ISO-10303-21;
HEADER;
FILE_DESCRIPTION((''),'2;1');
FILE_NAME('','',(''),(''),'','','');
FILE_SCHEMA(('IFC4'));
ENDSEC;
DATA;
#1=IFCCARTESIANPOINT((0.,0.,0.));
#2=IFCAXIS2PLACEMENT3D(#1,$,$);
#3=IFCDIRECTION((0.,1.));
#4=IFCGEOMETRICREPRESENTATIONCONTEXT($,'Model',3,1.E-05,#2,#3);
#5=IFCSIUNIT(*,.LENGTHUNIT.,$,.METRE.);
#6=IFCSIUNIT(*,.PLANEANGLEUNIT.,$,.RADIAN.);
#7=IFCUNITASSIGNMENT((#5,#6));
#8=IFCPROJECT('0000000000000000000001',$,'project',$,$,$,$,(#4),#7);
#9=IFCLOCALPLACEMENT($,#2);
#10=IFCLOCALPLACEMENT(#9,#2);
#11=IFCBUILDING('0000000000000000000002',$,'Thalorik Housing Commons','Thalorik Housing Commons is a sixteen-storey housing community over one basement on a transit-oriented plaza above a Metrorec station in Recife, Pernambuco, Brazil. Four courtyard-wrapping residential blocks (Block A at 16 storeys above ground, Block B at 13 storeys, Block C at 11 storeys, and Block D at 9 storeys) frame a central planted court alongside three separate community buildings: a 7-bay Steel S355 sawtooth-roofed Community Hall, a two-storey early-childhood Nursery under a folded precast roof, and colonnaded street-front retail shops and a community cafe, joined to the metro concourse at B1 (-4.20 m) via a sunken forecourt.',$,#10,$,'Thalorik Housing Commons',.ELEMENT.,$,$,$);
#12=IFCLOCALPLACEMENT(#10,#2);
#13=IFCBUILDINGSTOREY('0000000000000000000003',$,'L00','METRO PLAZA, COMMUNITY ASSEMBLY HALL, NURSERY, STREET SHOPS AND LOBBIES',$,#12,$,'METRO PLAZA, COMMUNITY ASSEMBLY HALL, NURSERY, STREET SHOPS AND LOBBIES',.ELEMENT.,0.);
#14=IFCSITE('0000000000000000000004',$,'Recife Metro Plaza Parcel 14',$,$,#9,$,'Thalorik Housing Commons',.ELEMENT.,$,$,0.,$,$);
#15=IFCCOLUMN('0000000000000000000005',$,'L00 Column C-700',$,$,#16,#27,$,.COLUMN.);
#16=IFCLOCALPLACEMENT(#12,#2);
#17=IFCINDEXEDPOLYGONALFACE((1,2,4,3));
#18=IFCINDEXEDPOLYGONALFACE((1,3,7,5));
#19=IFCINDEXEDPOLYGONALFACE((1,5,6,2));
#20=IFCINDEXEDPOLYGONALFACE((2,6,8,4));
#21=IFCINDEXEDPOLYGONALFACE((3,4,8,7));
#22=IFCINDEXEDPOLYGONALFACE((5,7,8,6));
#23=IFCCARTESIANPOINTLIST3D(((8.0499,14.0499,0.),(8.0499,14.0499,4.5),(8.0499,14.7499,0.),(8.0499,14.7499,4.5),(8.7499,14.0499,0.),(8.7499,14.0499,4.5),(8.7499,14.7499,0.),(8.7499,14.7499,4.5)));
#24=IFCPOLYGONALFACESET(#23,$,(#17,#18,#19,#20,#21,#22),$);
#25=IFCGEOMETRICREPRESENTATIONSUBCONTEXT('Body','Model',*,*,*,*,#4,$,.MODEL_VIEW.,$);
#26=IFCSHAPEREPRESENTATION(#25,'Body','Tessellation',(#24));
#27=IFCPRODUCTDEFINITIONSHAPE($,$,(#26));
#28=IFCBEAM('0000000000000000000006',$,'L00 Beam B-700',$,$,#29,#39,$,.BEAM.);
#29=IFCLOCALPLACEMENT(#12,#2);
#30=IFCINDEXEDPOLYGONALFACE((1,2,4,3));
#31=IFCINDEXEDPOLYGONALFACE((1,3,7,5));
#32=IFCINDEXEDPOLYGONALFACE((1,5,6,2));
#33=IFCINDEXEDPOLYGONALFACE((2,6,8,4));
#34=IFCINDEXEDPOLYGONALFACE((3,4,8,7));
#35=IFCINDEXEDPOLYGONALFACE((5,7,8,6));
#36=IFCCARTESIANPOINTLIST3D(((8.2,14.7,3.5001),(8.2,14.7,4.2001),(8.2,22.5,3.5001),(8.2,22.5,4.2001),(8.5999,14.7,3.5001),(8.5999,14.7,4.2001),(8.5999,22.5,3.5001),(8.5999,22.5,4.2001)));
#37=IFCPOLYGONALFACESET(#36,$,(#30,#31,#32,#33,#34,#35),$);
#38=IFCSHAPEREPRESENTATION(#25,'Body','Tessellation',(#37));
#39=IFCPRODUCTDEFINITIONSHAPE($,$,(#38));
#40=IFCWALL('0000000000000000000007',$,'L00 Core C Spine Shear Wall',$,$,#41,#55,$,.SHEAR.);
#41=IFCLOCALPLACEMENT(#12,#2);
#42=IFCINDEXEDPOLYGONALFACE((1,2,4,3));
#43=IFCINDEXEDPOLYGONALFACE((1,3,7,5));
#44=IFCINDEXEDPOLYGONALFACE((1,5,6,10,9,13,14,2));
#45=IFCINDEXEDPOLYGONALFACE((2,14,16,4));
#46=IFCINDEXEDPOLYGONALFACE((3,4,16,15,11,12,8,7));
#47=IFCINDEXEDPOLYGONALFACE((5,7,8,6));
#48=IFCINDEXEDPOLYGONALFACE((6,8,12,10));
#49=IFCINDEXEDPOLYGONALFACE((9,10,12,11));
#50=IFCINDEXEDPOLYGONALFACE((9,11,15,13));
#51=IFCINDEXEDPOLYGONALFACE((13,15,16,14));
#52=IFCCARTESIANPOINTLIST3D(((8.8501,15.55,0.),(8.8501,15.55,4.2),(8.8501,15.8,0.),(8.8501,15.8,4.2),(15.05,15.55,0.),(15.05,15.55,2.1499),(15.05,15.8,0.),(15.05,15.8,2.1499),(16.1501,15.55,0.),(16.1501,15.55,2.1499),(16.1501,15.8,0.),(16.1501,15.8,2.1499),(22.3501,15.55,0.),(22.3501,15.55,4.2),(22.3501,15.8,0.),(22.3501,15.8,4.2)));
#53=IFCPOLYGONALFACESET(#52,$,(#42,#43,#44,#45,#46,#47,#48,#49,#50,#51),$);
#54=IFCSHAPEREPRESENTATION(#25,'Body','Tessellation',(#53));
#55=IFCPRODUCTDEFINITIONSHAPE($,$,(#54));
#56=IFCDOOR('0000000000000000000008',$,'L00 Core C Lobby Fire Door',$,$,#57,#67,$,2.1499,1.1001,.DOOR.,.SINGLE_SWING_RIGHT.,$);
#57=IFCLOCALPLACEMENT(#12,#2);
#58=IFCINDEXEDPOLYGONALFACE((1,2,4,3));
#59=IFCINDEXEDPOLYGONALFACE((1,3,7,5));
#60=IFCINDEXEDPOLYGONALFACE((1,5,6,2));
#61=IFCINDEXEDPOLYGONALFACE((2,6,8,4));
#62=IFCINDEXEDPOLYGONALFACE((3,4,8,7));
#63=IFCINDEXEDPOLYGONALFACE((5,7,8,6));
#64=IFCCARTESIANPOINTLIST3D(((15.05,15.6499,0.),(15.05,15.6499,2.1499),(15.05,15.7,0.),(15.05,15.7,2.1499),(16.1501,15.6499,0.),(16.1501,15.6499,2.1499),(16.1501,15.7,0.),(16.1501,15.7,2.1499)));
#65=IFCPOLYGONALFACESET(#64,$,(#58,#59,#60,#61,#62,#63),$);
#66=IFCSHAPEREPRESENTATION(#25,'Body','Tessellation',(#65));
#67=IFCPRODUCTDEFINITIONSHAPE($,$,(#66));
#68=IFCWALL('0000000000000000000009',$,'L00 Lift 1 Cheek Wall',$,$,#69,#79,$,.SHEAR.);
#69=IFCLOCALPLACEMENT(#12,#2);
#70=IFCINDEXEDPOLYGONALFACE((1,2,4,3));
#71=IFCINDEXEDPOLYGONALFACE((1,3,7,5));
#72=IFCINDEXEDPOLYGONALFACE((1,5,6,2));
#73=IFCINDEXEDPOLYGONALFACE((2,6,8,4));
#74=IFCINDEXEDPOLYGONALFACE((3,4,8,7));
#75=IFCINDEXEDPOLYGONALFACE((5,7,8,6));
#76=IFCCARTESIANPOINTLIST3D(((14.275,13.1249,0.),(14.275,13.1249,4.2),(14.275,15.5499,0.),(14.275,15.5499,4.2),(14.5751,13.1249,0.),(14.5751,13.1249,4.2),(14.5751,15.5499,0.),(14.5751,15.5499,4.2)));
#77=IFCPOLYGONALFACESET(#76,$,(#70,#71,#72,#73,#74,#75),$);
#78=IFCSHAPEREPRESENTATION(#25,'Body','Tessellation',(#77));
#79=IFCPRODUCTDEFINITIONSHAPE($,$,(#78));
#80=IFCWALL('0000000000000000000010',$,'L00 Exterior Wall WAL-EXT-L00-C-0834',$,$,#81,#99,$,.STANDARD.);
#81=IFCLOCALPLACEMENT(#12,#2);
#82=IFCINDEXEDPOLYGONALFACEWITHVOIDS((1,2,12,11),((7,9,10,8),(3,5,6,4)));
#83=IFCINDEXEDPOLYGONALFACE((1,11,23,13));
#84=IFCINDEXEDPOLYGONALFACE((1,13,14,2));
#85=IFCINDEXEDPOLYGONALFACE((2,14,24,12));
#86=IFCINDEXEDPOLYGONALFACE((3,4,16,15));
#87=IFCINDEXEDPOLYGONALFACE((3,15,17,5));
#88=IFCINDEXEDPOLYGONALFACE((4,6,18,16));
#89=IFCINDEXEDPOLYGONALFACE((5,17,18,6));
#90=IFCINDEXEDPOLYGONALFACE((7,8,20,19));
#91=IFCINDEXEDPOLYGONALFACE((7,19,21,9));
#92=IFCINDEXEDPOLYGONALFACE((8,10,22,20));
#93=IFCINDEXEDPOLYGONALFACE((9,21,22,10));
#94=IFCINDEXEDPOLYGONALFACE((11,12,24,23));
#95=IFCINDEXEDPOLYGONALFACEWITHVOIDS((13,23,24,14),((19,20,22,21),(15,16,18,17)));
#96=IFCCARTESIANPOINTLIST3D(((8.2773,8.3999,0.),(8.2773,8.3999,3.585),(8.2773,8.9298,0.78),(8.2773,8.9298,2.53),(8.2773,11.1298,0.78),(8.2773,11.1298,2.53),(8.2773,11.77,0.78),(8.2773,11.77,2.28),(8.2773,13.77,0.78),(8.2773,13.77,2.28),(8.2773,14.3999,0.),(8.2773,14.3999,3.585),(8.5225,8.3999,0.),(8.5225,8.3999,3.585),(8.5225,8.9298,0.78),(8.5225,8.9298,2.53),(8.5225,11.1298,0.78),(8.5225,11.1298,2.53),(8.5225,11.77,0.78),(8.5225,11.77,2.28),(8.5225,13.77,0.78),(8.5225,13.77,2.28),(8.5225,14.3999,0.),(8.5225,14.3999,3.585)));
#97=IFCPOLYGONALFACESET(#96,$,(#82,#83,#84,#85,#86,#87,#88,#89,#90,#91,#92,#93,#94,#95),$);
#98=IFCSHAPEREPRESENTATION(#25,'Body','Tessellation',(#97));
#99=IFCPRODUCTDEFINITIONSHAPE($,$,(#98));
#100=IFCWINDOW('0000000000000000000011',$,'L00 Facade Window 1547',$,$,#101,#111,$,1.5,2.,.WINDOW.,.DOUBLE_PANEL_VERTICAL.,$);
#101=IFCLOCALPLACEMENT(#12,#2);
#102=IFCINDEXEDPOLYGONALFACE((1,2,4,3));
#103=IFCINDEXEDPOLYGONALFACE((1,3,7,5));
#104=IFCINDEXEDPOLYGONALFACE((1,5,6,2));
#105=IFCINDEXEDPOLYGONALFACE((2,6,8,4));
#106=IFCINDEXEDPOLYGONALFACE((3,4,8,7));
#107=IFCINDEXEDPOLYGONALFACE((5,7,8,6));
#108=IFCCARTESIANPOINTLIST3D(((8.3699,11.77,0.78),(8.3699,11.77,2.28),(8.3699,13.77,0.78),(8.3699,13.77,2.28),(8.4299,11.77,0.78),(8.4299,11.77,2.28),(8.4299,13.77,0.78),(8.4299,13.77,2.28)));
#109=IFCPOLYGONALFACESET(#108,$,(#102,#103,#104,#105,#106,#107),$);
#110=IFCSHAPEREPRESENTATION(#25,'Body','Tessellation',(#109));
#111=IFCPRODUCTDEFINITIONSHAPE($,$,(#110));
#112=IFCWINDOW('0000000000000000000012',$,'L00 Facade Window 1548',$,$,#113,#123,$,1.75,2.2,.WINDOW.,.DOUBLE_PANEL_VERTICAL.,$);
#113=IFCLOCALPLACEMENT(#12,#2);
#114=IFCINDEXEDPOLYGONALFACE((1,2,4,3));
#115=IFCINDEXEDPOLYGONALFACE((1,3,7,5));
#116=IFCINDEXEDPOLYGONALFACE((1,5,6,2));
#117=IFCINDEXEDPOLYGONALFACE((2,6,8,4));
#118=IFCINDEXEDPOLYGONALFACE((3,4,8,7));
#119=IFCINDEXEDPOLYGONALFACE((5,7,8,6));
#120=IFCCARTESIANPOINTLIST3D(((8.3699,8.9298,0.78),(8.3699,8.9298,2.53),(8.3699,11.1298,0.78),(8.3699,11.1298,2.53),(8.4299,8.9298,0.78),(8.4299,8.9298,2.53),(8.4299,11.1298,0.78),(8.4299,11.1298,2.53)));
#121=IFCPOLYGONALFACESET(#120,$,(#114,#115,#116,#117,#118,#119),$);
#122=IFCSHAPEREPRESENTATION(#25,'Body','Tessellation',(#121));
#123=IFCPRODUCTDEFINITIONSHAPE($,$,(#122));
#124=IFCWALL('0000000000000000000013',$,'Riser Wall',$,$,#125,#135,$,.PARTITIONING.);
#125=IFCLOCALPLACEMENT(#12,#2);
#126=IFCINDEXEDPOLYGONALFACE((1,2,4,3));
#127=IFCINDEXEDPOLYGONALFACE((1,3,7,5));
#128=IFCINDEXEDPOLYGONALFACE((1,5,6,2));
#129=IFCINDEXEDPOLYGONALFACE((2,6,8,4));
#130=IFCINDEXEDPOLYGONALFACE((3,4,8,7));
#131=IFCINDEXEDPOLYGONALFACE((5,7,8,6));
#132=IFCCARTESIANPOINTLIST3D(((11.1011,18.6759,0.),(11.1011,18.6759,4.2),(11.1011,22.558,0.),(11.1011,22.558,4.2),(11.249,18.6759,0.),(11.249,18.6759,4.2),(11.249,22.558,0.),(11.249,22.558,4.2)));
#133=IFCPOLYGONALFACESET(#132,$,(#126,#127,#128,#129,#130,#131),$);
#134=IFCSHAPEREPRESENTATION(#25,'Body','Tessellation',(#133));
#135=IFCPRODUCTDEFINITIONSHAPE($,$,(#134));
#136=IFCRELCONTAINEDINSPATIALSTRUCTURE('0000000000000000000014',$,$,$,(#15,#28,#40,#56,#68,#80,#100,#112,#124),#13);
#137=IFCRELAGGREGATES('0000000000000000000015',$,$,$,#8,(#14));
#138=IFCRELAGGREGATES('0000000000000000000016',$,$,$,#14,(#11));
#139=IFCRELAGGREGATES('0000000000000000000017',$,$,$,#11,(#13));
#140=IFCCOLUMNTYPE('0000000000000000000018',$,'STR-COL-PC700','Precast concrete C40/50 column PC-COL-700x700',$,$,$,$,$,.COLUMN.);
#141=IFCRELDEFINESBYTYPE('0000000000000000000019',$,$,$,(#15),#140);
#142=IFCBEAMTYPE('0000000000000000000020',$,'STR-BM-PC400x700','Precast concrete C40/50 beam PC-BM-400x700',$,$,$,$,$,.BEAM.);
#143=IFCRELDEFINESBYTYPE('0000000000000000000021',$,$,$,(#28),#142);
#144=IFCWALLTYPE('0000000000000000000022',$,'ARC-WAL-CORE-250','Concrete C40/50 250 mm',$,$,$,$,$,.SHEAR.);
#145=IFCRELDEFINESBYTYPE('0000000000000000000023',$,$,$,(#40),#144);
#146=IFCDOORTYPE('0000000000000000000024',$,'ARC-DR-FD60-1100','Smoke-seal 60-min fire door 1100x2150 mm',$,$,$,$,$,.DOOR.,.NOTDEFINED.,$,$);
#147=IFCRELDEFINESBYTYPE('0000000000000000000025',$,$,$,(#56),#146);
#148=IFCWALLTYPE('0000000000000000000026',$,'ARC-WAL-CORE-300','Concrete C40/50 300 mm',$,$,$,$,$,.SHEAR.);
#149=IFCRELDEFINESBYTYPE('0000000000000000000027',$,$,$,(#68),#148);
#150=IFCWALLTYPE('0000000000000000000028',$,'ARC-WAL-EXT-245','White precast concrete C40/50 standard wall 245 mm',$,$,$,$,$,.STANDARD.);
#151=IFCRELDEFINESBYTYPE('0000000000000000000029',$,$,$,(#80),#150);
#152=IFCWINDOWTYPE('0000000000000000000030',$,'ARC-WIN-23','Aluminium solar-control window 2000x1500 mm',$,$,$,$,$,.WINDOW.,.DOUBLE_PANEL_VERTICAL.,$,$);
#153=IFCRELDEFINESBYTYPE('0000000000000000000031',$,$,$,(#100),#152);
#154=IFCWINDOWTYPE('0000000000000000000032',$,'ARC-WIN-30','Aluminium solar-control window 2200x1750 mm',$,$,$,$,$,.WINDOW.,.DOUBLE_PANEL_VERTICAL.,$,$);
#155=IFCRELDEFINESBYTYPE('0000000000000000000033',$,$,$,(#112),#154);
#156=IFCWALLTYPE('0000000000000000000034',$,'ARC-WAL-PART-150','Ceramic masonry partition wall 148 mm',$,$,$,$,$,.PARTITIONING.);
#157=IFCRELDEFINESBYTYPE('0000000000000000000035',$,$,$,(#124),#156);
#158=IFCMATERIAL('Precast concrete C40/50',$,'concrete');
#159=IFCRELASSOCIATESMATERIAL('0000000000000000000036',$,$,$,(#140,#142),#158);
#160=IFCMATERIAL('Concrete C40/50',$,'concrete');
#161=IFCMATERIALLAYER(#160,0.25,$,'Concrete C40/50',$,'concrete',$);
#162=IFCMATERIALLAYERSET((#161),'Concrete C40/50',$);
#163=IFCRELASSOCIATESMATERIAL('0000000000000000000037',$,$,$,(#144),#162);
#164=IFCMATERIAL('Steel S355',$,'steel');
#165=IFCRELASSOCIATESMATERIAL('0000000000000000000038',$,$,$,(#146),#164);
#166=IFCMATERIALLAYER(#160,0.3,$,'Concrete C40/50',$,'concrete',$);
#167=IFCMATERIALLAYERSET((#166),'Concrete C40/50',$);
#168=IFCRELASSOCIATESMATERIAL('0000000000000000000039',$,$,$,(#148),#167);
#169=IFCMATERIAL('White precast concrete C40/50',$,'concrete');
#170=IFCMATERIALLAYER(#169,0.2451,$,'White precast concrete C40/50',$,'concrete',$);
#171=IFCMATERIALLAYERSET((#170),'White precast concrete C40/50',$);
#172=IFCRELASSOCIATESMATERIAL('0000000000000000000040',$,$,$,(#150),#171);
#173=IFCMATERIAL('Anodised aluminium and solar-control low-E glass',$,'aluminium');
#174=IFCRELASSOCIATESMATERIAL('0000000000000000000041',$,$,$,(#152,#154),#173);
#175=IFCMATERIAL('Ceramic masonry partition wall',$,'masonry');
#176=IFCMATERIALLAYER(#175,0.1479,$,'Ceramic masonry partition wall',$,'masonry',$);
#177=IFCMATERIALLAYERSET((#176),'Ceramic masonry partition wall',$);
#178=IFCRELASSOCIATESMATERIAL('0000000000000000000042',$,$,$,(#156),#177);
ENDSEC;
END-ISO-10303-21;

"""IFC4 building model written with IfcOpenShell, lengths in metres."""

from ifc_helpers import new_model, si_unit, direction, frame, frame_2d, origin, origin_2d, place, context, subcontext, project, spatial, rectangle, extrude, material, layer, layer_set, material_profile, profile_set, type_object, element, fill, save


model = new_model("IFC4")

# Units and contexts
model_context = context("Model", 3, precision=1e-05, world=origin(), true_north=direction((0.0, 1.0)))
body_context = subcontext(model_context, "Body", "Model", "MODEL_VIEW")
ifc_project = project(units=[si_unit("LENGTHUNIT", "METRE"), si_unit("PLANEANGLEUNIT", "RADIAN")], contexts=[model_context])

# Site, building, storey
site_placement = place(None, origin())
site = spatial("IfcSite", under=ifc_project, at=site_placement, Name="Recife Metro Plaza Parcel 14", LongName="Thalorik Housing Commons", CompositionType="ELEMENT", RefElevation=0.0)
building_placement = place(site_placement, origin())
building = spatial("IfcBuilding", under=site, at=building_placement, Name="Thalorik Housing Commons", Description="Thalorik Housing Commons is a sixteen-storey housing community over one basement on a transit-oriented plaza above a Metrorec station in Recife, Pernambuco, Brazil. Four courtyard-wrapping residential blocks (Block A at 16 storeys above ground, Block B at 13 storeys, Block C at 11 storeys, and Block D at 9 storeys) frame a central planted court alongside three separate community buildings: a 7-bay Steel S355 sawtooth-roofed Community Hall, a two-storey early-childhood Nursery under a folded precast roof, and colonnaded street-front retail shops and a community cafe, joined to the metro concourse at B1 (-4.20 m) via a sunken forecourt.", LongName="Thalorik Housing Commons", CompositionType="ELEMENT")
storey_placement = place(building_placement, origin())
storey = spatial("IfcBuildingStorey", under=building, at=storey_placement, Name="L00", Description="METRO PLAZA, COMMUNITY ASSEMBLY HALL, NURSERY, STREET SHOPS AND LOBBIES", LongName="METRO PLAZA, COMMUNITY ASSEMBLY HALL, NURSERY, STREET SHOPS AND LOBBIES", CompositionType="ELEMENT", Elevation=0.0)

# Column
ifc_material_1 = material(Name="Precast concrete C40/50", Category="concrete")
ifc_material_profile_1 = material_profile(ifc_material_1, rectangle(XDim=0.7, YDim=0.7, at=origin_2d()), Name="PC 700x700", Category="concrete")
ifc_profile_set_1 = profile_set([ifc_material_profile_1], Name="Precast concrete C40/50")
column_type = type_object("IfcColumnType", Name="STR-COL-PC700", Description="Precast concrete C40/50 column PC-COL-700x700", PredefinedType="COLUMN", material=ifc_profile_set_1)
column_placement = place(storey_placement, frame((8.3999, 14.3999, 0.0), z_axis=(0.0, 0.0, 1.0), x_axis=(1.0, 0.0, 0.0)))
element("IfcColumn", 1, at=column_placement, inside=storey, type_object=column_type, Name="L00 Column C-700", PredefinedType="COLUMN", context=body_context, shape_type="SweptSolid", body=[
    extrude(rectangle(XDim=0.7, YDim=0.7, at=origin_2d()), origin(), (0.0, 0.0, 1.0), 4.5),
])

# Beam
ifc_material_profile_2 = material_profile(ifc_material_1, rectangle(XDim=0.3999, YDim=0.7, at=origin_2d()), Name="PC 400x700", Category="concrete")
ifc_profile_set_2 = profile_set([ifc_material_profile_2], Name="Precast concrete C40/50")
beam_type = type_object("IfcBeamType", Name="STR-BM-PC400x700", Description="Precast concrete C40/50 beam PC-BM-400x700", PredefinedType="BEAM", material=ifc_profile_set_2)
beam_placement = place(storey_placement, frame((8.3999, 14.7, 3.8501), z_axis=(0.0, 1.0, 0.0), x_axis=(-1.0, 0.0, 0.0)))
element("IfcBeam", 2, at=beam_placement, inside=storey, type_object=beam_type, Name="L00 Beam B-700", PredefinedType="BEAM", context=body_context, shape_type="SweptSolid", body=[
    extrude(rectangle(XDim=0.3999, YDim=0.7, at=origin_2d()), origin(), (0.0, 0.0, 1.0), 7.8),
])

# Wall, opening, door
ifc_material_2 = material(Name="Concrete C40/50", Category="concrete")
ifc_layer_1 = layer(ifc_material_2, 0.25, Name="Concrete C40/50", Category="concrete")
ifc_layer_set_1 = layer_set([ifc_layer_1], Name="Concrete C40/50")
wall_type_1 = type_object("IfcWallType", Name="ARC-WAL-CORE-250", Description="Concrete C40/50 250 mm", PredefinedType="SHEAR", material=ifc_layer_set_1)
ifc_material_3 = material(Name="Steel S355", Category="steel")
wall_1_placement = place(storey_placement, frame((8.8501, 15.675, 0.0), z_axis=(0.0, 0.0, 1.0), x_axis=(1.0, 0.0, 0.0)))
wall_1 = element("IfcWall", 3, at=wall_1_placement, inside=storey, type_object=wall_type_1, Name="L00 Core C Spine Shear Wall", PredefinedType="SHEAR", context=body_context, shape_type="SweptSolid", body=[
    extrude(rectangle(XDim=13.5, YDim=0.25, at=frame_2d((6.75, 0.0))), origin(), (0.0, 0.0, 1.0), 4.2),
])
opening_1_placement = place(wall_1_placement, frame((6.2, 0.0, 0.0)))
opening_1 = element("IfcOpeningElement", 4, at=opening_1_placement, cuts=wall_1, PredefinedType="OPENING", context=body_context, shape_type="SweptSolid", body=[
    extrude(rectangle(XDim=1.1001, YDim=2.1499, at=frame_2d((0.55, 1.075))), frame((0.0, 0.135, 0.0), z_axis=(0.0, -1.0, 0.0), x_axis=(1.0, 0.0, 0.0)), (0.0, 0.0, 1.0), 0.27),
])
door_type_1 = type_object("IfcDoorType", Name="ARC-DR-FD60-1100", Description="Smoke-seal 60-min fire door 1100x2150 mm", OperationType="NOTDEFINED", PredefinedType="DOOR", material=ifc_material_3)
door_1_placement = place(opening_1_placement, origin())
door_1 = element("IfcDoor", 5, at=door_1_placement, inside=storey, type_object=door_type_1, Name="L00 Core C Lobby Fire Door", OperationType="SINGLE_SWING_RIGHT", OverallHeight=2.1499, OverallWidth=1.1001, PredefinedType="DOOR", context=body_context, shape_type="SweptSolid", body=[
    extrude(rectangle(XDim=1.1001, YDim=2.1499, at=frame_2d((0.55, 1.075))), frame((0.0, 0.0249, 0.0), z_axis=(0.0, -1.0, 0.0), x_axis=(1.0, 0.0, 0.0)), (0.0, 0.0, 1.0), 0.05),
])
fill(opening_1, door_1)

# Wall
ifc_layer_2 = layer(ifc_material_2, 0.3, Name="Concrete C40/50", Category="concrete")
ifc_layer_set_2 = layer_set([ifc_layer_2], Name="Concrete C40/50")
wall_type_2 = type_object("IfcWallType", Name="ARC-WAL-CORE-300", Description="Concrete C40/50 300 mm", PredefinedType="SHEAR", material=ifc_layer_set_2)
wall_2_placement = place(storey_placement, frame((14.425, 13.125, 0.0), z_axis=(0.0, 0.0, 1.0), x_axis=(0.0, 1.0, 0.0)))
element("IfcWall", 6, at=wall_2_placement, inside=storey, type_object=wall_type_2, Name="L00 Lift 1 Cheek Wall", PredefinedType="SHEAR", context=body_context, shape_type="SweptSolid", body=[
    extrude(rectangle(XDim=2.425, YDim=0.3, at=frame_2d((1.2124, 0.0))), origin(), (0.0, 0.0, 1.0), 4.2),
])

# Wall, openings, windows
ifc_material_4 = material(Name="White precast concrete C40/50", Category="concrete")
ifc_layer_3 = layer(ifc_material_4, 0.2451, Name="White precast concrete C40/50", Category="concrete")
ifc_layer_set_3 = layer_set([ifc_layer_3], Name="White precast concrete C40/50")
wall_type_3 = type_object("IfcWallType", Name="ARC-WAL-EXT-245", Description="White precast concrete C40/50 standard wall 245 mm", PredefinedType="STANDARD", material=ifc_layer_set_3)
wall_3_placement = place(storey_placement, frame((8.3999, 14.3999, 0.0), z_axis=(0.0, 0.0, 1.0), x_axis=(0.0, -1.0, 0.0)))
wall_3 = element("IfcWall", 7, at=wall_3_placement, inside=storey, type_object=wall_type_3, Name="L00 Exterior Wall WAL-EXT-L00-C-0834", PredefinedType="STANDARD", context=body_context, shape_type="SweptSolid", body=[
    extrude(rectangle(XDim=6.0, YDim=0.2451, at=frame_2d((3.0, 0.0))), origin(), (0.0, 0.0, 1.0), 3.585),
])
opening_2_placement = place(wall_3_placement, frame((0.6299, 0.0, 0.78)))
opening_2 = element("IfcOpeningElement", 8, at=opening_2_placement, cuts=wall_3, PredefinedType="OPENING", context=body_context, shape_type="SweptSolid", body=[
    extrude(rectangle(XDim=2.0, YDim=1.5, at=frame_2d((1.0, 0.75))), frame((0.0, 0.1326, 0.0), z_axis=(0.0, -1.0, 0.0), x_axis=(1.0, 0.0, 0.0)), (0.0, 0.0, 1.0), 0.2651),
])
opening_3_placement = place(wall_3_placement, frame((3.27, 0.0, 0.78)))
opening_3 = element("IfcOpeningElement", 9, at=opening_3_placement, cuts=wall_3, PredefinedType="OPENING", context=body_context, shape_type="SweptSolid", body=[
    extrude(rectangle(XDim=2.2, YDim=1.75, at=frame_2d((1.1001, 0.875))), frame((0.0, 0.1326, 0.0), z_axis=(0.0, -1.0, 0.0), x_axis=(1.0, 0.0, 0.0)), (0.0, 0.0, 1.0), 0.2651),
])
ifc_material_5 = material(Name="Anodised aluminium and solar-control low-E glass", Category="aluminium")
window_type_1 = type_object("IfcWindowType", Name="ARC-WIN-23", Description="Aluminium solar-control window 2000x1500 mm", PartitioningType="DOUBLE_PANEL_VERTICAL", PredefinedType="WINDOW", material=ifc_material_5)
window_1_placement = place(opening_2_placement, origin())
window_1 = element("IfcWindow", 10, at=window_1_placement, inside=storey, type_object=window_type_1, Name="L00 Facade Window 1547", OverallHeight=1.5, OverallWidth=2.0, PartitioningType="DOUBLE_PANEL_VERTICAL", PredefinedType="WINDOW", context=body_context, shape_type="SweptSolid", body=[
    extrude(rectangle(XDim=2.0, YDim=1.5, at=frame_2d((1.0, 0.75))), frame((0.0, 0.03, 0.0), z_axis=(0.0, -1.0, 0.0), x_axis=(1.0, 0.0, 0.0)), (0.0, 0.0, 1.0), 0.0601),
])
fill(opening_2, window_1)
window_type_2 = type_object("IfcWindowType", Name="ARC-WIN-30", Description="Aluminium solar-control window 2200x1750 mm", PartitioningType="DOUBLE_PANEL_VERTICAL", PredefinedType="WINDOW", material=ifc_material_5)
window_2_placement = place(opening_3_placement, origin())
window_2 = element("IfcWindow", 11, at=window_2_placement, inside=storey, type_object=window_type_2, Name="L00 Facade Window 1548", OverallHeight=1.75, OverallWidth=2.2, PartitioningType="DOUBLE_PANEL_VERTICAL", PredefinedType="WINDOW", context=body_context, shape_type="SweptSolid", body=[
    extrude(rectangle(XDim=2.2, YDim=1.75, at=frame_2d((1.1001, 0.875))), frame((0.0, 0.03, 0.0), z_axis=(0.0, -1.0, 0.0), x_axis=(1.0, 0.0, 0.0)), (0.0, 0.0, 1.0), 0.0601),
])
fill(opening_3, window_2)

# Wall
ifc_material_6 = material(Name="Ceramic masonry partition wall", Category="masonry")
ifc_layer_4 = layer(ifc_material_6, 0.1479, Name="Ceramic masonry partition wall", Category="masonry")
ifc_layer_set_4 = layer_set([ifc_layer_4], Name="Ceramic masonry partition wall")
wall_type_4 = type_object("IfcWallType", Name="ARC-WAL-PART-150", Description="Ceramic masonry partition wall 148 mm", PredefinedType="PARTITIONING", material=ifc_layer_set_4)
wall_4_placement = place(storey_placement, frame((11.175, 18.676, 0.0), z_axis=(0.0, 0.0, 1.0), x_axis=(0.0, 1.0, 0.0)))
element("IfcWall", 12, at=wall_4_placement, inside=storey, type_object=wall_type_4, Name="Riser Wall", PredefinedType="PARTITIONING", context=body_context, shape_type="SweptSolid", body=[
    extrude(rectangle(XDim=3.8821, YDim=0.1479, at=frame_2d((1.9409, 0.0))), origin(), (0.0, 0.0, 1.0), 4.2),
])

save(model, "model.ifc")
